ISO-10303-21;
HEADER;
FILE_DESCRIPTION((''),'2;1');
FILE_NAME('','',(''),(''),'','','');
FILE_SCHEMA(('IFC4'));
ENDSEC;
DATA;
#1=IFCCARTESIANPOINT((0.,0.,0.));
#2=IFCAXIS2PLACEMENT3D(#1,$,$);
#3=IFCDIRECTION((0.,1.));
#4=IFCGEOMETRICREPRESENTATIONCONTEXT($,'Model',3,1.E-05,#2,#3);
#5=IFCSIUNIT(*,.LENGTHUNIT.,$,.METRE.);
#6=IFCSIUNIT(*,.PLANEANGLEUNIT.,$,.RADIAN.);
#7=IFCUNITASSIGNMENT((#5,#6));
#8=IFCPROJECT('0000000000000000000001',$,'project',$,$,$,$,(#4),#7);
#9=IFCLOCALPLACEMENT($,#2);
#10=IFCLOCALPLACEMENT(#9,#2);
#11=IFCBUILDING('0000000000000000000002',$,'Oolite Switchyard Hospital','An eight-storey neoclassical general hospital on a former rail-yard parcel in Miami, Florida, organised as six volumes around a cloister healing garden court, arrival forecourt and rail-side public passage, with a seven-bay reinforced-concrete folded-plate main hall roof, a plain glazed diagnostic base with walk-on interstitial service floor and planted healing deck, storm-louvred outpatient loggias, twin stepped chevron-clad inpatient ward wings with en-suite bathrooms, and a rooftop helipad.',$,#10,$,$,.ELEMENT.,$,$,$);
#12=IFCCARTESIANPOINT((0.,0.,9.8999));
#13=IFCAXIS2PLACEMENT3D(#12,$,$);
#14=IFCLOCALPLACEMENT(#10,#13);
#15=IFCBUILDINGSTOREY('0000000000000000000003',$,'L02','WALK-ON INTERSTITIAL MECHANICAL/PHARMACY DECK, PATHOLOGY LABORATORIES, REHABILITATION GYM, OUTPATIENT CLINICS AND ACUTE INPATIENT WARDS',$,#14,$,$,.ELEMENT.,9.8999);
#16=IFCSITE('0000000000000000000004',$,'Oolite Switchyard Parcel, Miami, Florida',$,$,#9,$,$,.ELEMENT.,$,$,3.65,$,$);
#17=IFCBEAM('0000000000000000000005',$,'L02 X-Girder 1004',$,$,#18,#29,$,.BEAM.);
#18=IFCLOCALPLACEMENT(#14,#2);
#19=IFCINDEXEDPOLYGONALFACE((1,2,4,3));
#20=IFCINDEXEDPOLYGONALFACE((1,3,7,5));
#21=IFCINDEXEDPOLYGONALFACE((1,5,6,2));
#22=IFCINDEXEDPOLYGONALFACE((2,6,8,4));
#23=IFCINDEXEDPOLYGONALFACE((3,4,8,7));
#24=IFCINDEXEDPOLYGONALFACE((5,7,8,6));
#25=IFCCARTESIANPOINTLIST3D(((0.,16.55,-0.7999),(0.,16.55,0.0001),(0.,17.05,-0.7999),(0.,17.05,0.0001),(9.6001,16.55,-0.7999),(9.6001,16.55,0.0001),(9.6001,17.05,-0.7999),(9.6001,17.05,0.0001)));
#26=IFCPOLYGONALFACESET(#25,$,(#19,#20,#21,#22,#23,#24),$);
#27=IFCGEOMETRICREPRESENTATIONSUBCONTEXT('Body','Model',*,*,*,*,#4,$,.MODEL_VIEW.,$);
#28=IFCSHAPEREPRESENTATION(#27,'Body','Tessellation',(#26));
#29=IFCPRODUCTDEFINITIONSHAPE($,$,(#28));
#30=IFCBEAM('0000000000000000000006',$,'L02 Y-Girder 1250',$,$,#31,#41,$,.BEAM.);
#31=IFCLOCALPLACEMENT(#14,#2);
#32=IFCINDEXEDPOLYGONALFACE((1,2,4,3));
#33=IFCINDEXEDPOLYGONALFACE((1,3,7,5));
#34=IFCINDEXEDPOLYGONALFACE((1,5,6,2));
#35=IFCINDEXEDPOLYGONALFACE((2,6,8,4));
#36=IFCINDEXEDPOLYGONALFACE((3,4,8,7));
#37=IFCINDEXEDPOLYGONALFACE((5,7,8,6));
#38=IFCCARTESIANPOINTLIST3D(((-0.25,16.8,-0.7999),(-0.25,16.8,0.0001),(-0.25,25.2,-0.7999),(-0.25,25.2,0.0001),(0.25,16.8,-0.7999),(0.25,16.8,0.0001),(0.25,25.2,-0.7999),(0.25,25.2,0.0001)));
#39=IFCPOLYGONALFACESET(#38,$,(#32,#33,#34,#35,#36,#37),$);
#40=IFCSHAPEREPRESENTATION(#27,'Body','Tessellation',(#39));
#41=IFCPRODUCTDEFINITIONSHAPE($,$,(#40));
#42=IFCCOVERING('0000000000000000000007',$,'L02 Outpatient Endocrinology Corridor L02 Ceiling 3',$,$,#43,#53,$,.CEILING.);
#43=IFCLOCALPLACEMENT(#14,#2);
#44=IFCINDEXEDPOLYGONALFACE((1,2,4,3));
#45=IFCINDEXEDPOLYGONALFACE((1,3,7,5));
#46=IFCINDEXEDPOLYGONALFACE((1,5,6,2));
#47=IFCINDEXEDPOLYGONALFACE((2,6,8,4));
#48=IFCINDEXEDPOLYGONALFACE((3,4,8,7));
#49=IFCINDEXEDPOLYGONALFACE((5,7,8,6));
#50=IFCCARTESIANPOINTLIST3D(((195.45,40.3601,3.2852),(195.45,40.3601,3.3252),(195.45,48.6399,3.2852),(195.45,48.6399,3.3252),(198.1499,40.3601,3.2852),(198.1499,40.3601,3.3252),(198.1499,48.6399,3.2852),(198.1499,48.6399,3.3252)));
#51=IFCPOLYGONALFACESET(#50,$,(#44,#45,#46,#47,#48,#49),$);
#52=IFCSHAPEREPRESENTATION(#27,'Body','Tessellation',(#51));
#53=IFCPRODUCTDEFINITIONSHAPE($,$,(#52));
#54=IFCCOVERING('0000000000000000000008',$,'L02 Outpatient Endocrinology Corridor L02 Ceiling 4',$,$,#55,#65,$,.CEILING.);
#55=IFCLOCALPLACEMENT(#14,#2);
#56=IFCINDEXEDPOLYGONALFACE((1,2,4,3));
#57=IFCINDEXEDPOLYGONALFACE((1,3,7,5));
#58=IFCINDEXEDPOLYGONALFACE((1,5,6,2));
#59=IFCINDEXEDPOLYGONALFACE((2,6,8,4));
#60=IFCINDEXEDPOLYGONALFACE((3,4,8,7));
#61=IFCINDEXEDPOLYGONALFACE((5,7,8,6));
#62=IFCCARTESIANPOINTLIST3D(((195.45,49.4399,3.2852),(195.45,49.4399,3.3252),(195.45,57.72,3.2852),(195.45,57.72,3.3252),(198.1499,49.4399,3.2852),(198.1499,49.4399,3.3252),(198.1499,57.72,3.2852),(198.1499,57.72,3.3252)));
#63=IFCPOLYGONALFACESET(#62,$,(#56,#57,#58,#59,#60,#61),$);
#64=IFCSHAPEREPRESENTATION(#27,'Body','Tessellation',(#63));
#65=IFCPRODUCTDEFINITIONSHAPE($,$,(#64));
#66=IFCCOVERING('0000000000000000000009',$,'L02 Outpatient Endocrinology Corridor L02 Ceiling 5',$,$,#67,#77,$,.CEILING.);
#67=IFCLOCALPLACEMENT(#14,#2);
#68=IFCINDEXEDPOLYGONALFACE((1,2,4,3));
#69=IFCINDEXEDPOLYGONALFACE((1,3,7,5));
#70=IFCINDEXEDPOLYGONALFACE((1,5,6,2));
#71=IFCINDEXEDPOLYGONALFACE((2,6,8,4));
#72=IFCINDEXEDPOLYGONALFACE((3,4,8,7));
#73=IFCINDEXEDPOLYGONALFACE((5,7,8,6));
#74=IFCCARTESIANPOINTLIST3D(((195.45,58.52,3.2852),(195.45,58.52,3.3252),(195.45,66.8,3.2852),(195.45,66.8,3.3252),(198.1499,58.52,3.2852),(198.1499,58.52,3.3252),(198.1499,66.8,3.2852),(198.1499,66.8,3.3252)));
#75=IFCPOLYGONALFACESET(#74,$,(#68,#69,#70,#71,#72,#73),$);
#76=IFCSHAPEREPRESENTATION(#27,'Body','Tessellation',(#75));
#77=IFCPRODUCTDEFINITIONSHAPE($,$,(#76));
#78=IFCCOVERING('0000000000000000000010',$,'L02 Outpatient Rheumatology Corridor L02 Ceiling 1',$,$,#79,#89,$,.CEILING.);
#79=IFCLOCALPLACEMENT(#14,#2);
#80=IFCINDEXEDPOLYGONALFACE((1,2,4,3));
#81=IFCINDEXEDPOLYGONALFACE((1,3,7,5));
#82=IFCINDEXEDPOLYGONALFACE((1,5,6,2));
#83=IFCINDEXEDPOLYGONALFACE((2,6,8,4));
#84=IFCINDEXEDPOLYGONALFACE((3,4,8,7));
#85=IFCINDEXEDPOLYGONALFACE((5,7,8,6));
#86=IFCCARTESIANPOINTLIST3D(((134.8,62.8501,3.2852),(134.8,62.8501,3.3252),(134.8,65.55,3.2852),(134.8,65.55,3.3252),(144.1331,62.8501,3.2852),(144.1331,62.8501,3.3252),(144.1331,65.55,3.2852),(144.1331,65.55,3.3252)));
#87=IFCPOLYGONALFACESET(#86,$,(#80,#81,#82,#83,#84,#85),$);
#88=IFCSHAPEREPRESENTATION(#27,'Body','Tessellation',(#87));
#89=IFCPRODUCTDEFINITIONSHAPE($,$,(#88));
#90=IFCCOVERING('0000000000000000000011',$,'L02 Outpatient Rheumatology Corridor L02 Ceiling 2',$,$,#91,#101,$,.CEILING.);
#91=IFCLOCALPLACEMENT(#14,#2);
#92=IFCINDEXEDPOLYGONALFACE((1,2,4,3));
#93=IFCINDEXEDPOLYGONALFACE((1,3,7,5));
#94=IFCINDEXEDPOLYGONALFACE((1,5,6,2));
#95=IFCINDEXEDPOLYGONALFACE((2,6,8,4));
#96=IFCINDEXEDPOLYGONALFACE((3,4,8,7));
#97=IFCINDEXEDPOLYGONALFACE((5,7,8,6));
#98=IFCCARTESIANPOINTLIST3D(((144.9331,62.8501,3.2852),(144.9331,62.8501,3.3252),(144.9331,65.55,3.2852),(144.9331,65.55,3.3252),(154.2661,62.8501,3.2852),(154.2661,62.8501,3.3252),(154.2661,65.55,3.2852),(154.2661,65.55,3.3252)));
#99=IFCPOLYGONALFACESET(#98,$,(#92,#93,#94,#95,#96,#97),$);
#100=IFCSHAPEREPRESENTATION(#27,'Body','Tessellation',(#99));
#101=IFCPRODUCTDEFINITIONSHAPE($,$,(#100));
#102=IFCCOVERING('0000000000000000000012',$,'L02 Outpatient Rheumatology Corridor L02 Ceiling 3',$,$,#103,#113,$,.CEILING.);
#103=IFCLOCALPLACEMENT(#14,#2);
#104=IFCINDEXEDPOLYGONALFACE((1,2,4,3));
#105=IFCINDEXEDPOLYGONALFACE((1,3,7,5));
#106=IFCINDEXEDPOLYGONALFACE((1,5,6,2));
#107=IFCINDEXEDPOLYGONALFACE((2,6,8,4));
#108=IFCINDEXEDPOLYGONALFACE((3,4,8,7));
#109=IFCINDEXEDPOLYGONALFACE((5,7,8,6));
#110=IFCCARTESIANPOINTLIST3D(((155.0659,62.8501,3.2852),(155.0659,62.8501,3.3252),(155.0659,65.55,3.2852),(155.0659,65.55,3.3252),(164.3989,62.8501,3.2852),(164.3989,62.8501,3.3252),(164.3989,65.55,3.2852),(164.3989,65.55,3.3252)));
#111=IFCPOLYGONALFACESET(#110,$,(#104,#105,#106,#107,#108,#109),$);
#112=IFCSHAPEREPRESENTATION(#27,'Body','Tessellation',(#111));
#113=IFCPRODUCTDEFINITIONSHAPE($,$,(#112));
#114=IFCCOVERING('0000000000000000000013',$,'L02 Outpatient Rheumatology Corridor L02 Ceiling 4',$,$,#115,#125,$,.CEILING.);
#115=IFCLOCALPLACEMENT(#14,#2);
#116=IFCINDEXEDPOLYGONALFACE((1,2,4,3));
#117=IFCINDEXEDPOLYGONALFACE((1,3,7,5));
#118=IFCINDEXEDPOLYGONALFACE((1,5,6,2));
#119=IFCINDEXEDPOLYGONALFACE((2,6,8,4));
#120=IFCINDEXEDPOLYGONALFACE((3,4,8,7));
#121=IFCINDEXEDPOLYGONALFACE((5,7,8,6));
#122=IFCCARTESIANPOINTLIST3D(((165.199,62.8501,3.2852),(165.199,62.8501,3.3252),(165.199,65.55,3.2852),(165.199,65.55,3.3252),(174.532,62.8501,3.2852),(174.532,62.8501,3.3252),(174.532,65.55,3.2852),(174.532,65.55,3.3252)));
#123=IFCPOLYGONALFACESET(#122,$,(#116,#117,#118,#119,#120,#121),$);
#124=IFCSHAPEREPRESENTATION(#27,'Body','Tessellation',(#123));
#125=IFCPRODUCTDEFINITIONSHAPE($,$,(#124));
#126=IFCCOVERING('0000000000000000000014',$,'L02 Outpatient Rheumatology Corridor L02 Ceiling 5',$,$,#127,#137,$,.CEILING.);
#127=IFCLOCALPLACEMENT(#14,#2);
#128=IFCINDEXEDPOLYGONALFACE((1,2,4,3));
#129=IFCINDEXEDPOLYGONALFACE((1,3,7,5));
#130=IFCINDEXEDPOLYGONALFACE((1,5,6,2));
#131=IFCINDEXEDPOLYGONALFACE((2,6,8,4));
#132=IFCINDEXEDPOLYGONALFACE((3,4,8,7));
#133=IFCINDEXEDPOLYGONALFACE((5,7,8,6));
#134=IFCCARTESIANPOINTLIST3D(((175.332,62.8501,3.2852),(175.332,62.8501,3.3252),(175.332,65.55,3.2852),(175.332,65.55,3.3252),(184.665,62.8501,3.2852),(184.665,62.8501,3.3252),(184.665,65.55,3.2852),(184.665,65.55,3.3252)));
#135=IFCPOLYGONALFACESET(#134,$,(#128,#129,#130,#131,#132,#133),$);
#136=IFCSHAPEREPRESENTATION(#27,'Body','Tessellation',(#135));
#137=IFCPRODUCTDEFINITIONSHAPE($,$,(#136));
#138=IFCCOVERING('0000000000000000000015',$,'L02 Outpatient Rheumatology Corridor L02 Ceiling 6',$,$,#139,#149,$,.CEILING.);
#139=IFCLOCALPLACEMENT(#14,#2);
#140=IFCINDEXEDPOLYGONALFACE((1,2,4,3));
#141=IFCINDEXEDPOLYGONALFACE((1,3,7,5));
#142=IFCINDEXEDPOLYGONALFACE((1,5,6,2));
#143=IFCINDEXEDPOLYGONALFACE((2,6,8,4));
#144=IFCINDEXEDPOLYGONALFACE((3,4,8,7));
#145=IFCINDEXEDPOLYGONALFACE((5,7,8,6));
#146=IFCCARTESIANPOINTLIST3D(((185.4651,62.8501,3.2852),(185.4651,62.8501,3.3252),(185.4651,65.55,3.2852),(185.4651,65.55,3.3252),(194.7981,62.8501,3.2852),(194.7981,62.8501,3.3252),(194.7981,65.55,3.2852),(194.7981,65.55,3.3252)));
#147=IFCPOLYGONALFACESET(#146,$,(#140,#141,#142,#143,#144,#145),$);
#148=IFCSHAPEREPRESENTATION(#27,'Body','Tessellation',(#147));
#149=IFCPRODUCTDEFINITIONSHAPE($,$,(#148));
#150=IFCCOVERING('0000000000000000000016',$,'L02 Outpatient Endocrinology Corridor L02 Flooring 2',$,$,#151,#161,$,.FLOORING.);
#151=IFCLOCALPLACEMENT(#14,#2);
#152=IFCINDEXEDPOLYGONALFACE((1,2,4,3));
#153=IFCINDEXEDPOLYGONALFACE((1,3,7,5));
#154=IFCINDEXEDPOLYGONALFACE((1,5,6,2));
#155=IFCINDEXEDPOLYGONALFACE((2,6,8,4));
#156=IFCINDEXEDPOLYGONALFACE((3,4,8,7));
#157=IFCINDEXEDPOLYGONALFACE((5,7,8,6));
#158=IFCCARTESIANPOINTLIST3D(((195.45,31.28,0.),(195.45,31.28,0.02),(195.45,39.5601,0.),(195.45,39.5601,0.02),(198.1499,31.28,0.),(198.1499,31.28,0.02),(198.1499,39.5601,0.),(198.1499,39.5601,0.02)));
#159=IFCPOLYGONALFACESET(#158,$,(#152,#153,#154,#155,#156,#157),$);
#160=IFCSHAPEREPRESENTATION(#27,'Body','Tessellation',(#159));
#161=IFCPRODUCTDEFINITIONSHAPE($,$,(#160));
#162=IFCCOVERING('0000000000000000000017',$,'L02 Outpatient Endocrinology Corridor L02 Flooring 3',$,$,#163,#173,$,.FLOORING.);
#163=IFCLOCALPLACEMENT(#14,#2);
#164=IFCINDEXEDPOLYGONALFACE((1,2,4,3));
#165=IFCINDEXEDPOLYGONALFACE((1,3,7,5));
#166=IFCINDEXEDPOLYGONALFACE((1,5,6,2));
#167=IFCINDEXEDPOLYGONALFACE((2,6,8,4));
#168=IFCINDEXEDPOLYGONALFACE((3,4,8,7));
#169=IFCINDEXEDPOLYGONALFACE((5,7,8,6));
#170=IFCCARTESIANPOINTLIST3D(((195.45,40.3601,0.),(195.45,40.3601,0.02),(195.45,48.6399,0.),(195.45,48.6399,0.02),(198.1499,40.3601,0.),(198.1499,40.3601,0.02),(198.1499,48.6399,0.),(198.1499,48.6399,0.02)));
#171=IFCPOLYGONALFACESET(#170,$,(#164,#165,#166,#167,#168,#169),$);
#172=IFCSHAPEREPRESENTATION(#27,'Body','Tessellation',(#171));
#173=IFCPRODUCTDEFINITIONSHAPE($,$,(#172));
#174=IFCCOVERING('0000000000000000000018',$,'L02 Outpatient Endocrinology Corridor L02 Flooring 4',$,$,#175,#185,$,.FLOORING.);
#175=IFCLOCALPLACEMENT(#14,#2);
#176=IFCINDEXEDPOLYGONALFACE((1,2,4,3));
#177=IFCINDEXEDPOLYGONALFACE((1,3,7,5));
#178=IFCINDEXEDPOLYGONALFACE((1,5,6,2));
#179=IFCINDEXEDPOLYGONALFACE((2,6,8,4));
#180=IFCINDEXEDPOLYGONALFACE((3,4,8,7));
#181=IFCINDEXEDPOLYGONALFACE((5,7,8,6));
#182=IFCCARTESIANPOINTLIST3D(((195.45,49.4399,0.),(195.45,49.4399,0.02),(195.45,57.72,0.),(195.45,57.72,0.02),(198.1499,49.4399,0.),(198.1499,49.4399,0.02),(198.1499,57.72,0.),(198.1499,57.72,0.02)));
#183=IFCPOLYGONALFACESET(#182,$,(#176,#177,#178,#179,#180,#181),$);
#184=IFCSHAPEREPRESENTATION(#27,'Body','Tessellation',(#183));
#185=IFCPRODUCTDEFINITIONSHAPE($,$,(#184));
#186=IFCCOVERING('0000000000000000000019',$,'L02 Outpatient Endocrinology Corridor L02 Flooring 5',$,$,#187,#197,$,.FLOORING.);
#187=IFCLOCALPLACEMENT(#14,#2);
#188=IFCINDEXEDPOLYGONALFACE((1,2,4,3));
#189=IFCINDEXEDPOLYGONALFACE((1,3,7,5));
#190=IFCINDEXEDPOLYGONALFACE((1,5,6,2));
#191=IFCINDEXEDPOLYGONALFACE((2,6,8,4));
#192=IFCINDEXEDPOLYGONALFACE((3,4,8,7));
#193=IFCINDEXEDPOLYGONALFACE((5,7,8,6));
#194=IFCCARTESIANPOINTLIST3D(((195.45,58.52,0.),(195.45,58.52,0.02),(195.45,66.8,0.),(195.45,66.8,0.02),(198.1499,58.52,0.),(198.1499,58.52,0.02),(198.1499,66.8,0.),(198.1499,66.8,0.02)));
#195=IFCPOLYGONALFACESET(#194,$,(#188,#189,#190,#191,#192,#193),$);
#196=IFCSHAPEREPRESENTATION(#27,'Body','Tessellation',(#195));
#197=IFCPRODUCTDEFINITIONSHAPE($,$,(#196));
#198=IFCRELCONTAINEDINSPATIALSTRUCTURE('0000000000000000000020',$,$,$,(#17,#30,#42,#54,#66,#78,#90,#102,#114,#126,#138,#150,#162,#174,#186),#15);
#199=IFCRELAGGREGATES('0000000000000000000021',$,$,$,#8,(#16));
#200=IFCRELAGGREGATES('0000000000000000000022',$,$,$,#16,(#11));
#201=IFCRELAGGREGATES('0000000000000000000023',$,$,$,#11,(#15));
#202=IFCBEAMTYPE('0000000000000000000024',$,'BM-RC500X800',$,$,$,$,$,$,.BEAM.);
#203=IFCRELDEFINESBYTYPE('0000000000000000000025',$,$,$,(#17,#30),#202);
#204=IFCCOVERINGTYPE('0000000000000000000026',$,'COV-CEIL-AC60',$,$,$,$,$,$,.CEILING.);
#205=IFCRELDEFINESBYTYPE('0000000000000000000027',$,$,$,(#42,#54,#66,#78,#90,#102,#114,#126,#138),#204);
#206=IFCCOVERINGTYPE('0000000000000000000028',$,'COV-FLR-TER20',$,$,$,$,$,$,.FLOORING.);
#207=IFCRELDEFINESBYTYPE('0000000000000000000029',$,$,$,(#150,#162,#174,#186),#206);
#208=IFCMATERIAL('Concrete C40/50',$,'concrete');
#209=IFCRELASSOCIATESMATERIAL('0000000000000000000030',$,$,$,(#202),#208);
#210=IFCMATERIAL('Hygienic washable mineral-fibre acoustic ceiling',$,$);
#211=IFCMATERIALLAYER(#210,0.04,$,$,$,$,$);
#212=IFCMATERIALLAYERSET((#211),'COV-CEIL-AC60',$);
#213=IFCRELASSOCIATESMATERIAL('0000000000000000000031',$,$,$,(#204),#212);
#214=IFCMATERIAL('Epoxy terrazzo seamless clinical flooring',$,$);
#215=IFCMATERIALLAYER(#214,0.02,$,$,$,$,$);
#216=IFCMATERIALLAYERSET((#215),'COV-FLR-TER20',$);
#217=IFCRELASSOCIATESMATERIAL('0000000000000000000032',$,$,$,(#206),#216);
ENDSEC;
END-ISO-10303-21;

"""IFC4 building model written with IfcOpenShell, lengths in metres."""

from ifc_helpers import new_model, si_unit, direction, frame, origin, origin_2d, place, context, subcontext, project, spatial, polyline, rectangle, outline, extrude, material, layer, layer_set, material_profile, profile_set, type_object, element, save


model = new_model("IFC4")

# Units and contexts
model_context = context("Model", 3, precision=1e-05, world=origin(), true_north=direction((0.0, 1.0)))
body_context = subcontext(model_context, "Body", "Model", "MODEL_VIEW")
ifc_project = project(units=[si_unit("LENGTHUNIT", "METRE"), si_unit("PLANEANGLEUNIT", "RADIAN")], contexts=[model_context])

# Site, building, storey
site_placement = place(None, origin())
site = spatial("IfcSite", under=ifc_project, at=site_placement, Name="Oolite Switchyard Parcel, Miami, Florida", CompositionType="ELEMENT", RefElevation=3.65)
building_placement = place(site_placement, origin())
building = spatial("IfcBuilding", under=site, at=building_placement, Name="Oolite Switchyard Hospital", Description="An eight-storey neoclassical general hospital on a former rail-yard parcel in Miami, Florida, organised as six volumes around a cloister healing garden court, arrival forecourt and rail-side public passage, with a seven-bay reinforced-concrete folded-plate main hall roof, a plain glazed diagnostic base with walk-on interstitial service floor and planted healing deck, storm-louvred outpatient loggias, twin stepped chevron-clad inpatient ward wings with en-suite bathrooms, and a rooftop helipad.", CompositionType="ELEMENT")
storey_placement = place(building_placement, frame((0.0, 0.0, 9.8999)))
storey = spatial("IfcBuildingStorey", under=building, at=storey_placement, Name="L02", Description="WALK-ON INTERSTITIAL MECHANICAL/PHARMACY DECK, PATHOLOGY LABORATORIES, REHABILITATION GYM, OUTPATIENT CLINICS AND ACUTE INPATIENT WARDS", CompositionType="ELEMENT", Elevation=9.8999)

# Beams
ifc_material_1 = material(Name="Concrete C40/50", Category="concrete")
ifc_material_profile = material_profile(ifc_material_1, rectangle(XDim=0.5, YDim=0.8, at=origin_2d()), Name="RCB500X800")
ifc_profile_set = profile_set([ifc_material_profile], Name="Concrete C40/50")
beam_type = type_object("IfcBeamType", Name="BM-RC500X800", PredefinedType="BEAM", material=ifc_profile_set)
beam_1_placement = place(storey_placement, frame((0.0, 16.8, -0.3999), z_axis=(1.0, 0.0, 0.0), x_axis=(0.0, 1.0, 0.0)))
element("IfcBeam", 1, at=beam_1_placement, inside=storey, type_object=beam_type, Name="L02 X-Girder 1004", PredefinedType="BEAM", context=body_context, shape_type="SweptSolid", body=[
    extrude(rectangle(XDim=0.5, YDim=0.8, at=origin_2d()), origin(), (0.0, 0.0, 1.0), 9.6001),
])
beam_2_placement = place(storey_placement, frame((0.0, 16.8, -0.3999), z_axis=(0.0, 1.0, 0.0), x_axis=(-1.0, 0.0, 0.0)))
element("IfcBeam", 2, at=beam_2_placement, inside=storey, type_object=beam_type, Name="L02 Y-Girder 1250", PredefinedType="BEAM", context=body_context, shape_type="SweptSolid", body=[
    extrude(rectangle(XDim=0.5, YDim=0.8, at=origin_2d()), origin(), (0.0, 0.0, 1.0), 8.3999),
])

# Coverings
ifc_material_2 = material(Name="Hygienic washable mineral-fibre acoustic ceiling")
ifc_layer_1 = layer(ifc_material_2, 0.04)
ifc_layer_set_1 = layer_set([ifc_layer_1], Name="COV-CEIL-AC60")
covering_type_1 = type_object("IfcCoveringType", Name="COV-CEIL-AC60", PredefinedType="CEILING", material=ifc_layer_set_1)
covering_1_placement = place(storey_placement, frame((0.0, 0.0, 3.2852)))
element("IfcCovering", 3, at=covering_1_placement, inside=storey, type_object=covering_type_1, Name="L02 Outpatient Endocrinology Corridor L02 Ceiling 3", PredefinedType="CEILING", context=body_context, shape_type="SweptSolid", body=[
    extrude(outline(polyline([(195.45, 40.3601), (198.1499, 40.3601), (198.1499, 48.6399), (195.45, 48.6399), (195.45, 40.3601)])), origin(), (0.0, 0.0, 1.0), 0.04),
])
covering_2_placement = place(storey_placement, frame((0.0, 0.0, 3.2852)))
element("IfcCovering", 4, at=covering_2_placement, inside=storey, type_object=covering_type_1, Name="L02 Outpatient Endocrinology Corridor L02 Ceiling 4", PredefinedType="CEILING", context=body_context, shape_type="SweptSolid", body=[
    extrude(outline(polyline([(195.45, 49.4399), (198.1499, 49.4399), (198.1499, 57.72), (195.45, 57.72), (195.45, 49.4399)])), origin(), (0.0, 0.0, 1.0), 0.04),
])
covering_3_placement = place(storey_placement, frame((0.0, 0.0, 3.2852)))
element("IfcCovering", 5, at=covering_3_placement, inside=storey, type_object=covering_type_1, Name="L02 Outpatient Endocrinology Corridor L02 Ceiling 5", PredefinedType="CEILING", context=body_context, shape_type="SweptSolid", body=[
    extrude(outline(polyline([(195.45, 58.52), (198.1499, 58.52), (198.1499, 66.8), (195.45, 66.8), (195.45, 58.52)])), origin(), (0.0, 0.0, 1.0), 0.04),
])
covering_4_placement = place(storey_placement, frame((0.0, 0.0, 3.2852)))
element("IfcCovering", 6, at=covering_4_placement, inside=storey, type_object=covering_type_1, Name="L02 Outpatient Rheumatology Corridor L02 Ceiling 1", PredefinedType="CEILING", context=body_context, shape_type="SweptSolid", body=[
    extrude(outline(polyline([(134.8, 62.8501), (144.1331, 62.8501), (144.1331, 65.55), (134.8, 65.55), (134.8, 62.8501)])), origin(), (0.0, 0.0, 1.0), 0.04),
])
covering_5_placement = place(storey_placement, frame((0.0, 0.0, 3.2852)))
element("IfcCovering", 7, at=covering_5_placement, inside=storey, type_object=covering_type_1, Name="L02 Outpatient Rheumatology Corridor L02 Ceiling 2", PredefinedType="CEILING", context=body_context, shape_type="SweptSolid", body=[
    extrude(outline(polyline([(144.9331, 62.8501), (154.2661, 62.8501), (154.2661, 65.55), (144.9331, 65.55), (144.9331, 62.8501)])), origin(), (0.0, 0.0, 1.0), 0.04),
])
covering_6_placement = place(storey_placement, frame((0.0, 0.0, 3.2852)))
element("IfcCovering", 8, at=covering_6_placement, inside=storey, type_object=covering_type_1, Name="L02 Outpatient Rheumatology Corridor L02 Ceiling 3", PredefinedType="CEILING", context=body_context, shape_type="SweptSolid", body=[
    extrude(outline(polyline([(155.0659, 62.8501), (164.3989, 62.8501), (164.3989, 65.55), (155.0659, 65.55), (155.0659, 62.8501)])), origin(), (0.0, 0.0, 1.0), 0.04),
])
covering_7_placement = place(storey_placement, frame((0.0, 0.0, 3.2852)))
element("IfcCovering", 9, at=covering_7_placement, inside=storey, type_object=covering_type_1, Name="L02 Outpatient Rheumatology Corridor L02 Ceiling 4", PredefinedType="CEILING", context=body_context, shape_type="SweptSolid", body=[
    extrude(outline(polyline([(165.199, 62.8501), (174.532, 62.8501), (174.532, 65.55), (165.199, 65.55), (165.199, 62.8501)])), origin(), (0.0, 0.0, 1.0), 0.04),
])
covering_8_placement = place(storey_placement, frame((0.0, 0.0, 3.2852)))
element("IfcCovering", 10, at=covering_8_placement, inside=storey, type_object=covering_type_1, Name="L02 Outpatient Rheumatology Corridor L02 Ceiling 5", PredefinedType="CEILING", context=body_context, shape_type="SweptSolid", body=[
    extrude(outline(polyline([(175.332, 62.8501), (184.665, 62.8501), (184.665, 65.55), (175.332, 65.55), (175.332, 62.8501)])), origin(), (0.0, 0.0, 1.0), 0.04),
])
covering_9_placement = place(storey_placement, frame((0.0, 0.0, 3.2852)))
element("IfcCovering", 11, at=covering_9_placement, inside=storey, type_object=covering_type_1, Name="L02 Outpatient Rheumatology Corridor L02 Ceiling 6", PredefinedType="CEILING", context=body_context, shape_type="SweptSolid", body=[
    extrude(outline(polyline([(185.4651, 62.8501), (194.7981, 62.8501), (194.7981, 65.55), (185.4651, 65.55), (185.4651, 62.8501)])), origin(), (0.0, 0.0, 1.0), 0.04),
])
ifc_material_3 = material(Name="Epoxy terrazzo seamless clinical flooring")
ifc_layer_2 = layer(ifc_material_3, 0.02)
ifc_layer_set_2 = layer_set([ifc_layer_2], Name="COV-FLR-TER20")
covering_type_2 = type_object("IfcCoveringType", Name="COV-FLR-TER20", PredefinedType="FLOORING", material=ifc_layer_set_2)
covering_10_placement = place(storey_placement, origin())
element("IfcCovering", 12, at=covering_10_placement, inside=storey, type_object=covering_type_2, Name="L02 Outpatient Endocrinology Corridor L02 Flooring 2", PredefinedType="FLOORING", context=body_context, shape_type="SweptSolid", body=[
    extrude(outline(polyline([(195.45, 31.28), (198.1499, 31.28), (198.1499, 39.5601), (195.45, 39.5601), (195.45, 31.28)])), origin(), (0.0, 0.0, 1.0), 0.02),
])
covering_11_placement = place(storey_placement, origin())
element("IfcCovering", 13, at=covering_11_placement, inside=storey, type_object=covering_type_2, Name="L02 Outpatient Endocrinology Corridor L02 Flooring 3", PredefinedType="FLOORING", context=body_context, shape_type="SweptSolid", body=[
    extrude(outline(polyline([(195.45, 40.3601), (198.1499, 40.3601), (198.1499, 48.6399), (195.45, 48.6399), (195.45, 40.3601)])), origin(), (0.0, 0.0, 1.0), 0.02),
])
covering_12_placement = place(storey_placement, origin())
element("IfcCovering", 14, at=covering_12_placement, inside=storey, type_object=covering_type_2, Name="L02 Outpatient Endocrinology Corridor L02 Flooring 4", PredefinedType="FLOORING", context=body_context, shape_type="SweptSolid", body=[
    extrude(outline(polyline([(195.45, 49.4399), (198.1499, 49.4399), (198.1499, 57.72), (195.45, 57.72), (195.45, 49.4399)])), origin(), (0.0, 0.0, 1.0), 0.02),
])
covering_13_placement = place(storey_placement, origin())
element("IfcCovering", 15, at=covering_13_placement, inside=storey, type_object=covering_type_2, Name="L02 Outpatient Endocrinology Corridor L02 Flooring 5", PredefinedType="FLOORING", context=body_context, shape_type="SweptSolid", body=[
    extrude(outline(polyline([(195.45, 58.52), (198.1499, 58.52), (198.1499, 66.8), (195.45, 66.8), (195.45, 58.52)])), origin(), (0.0, 0.0, 1.0), 0.02),
])

save(model, "model.ifc")
